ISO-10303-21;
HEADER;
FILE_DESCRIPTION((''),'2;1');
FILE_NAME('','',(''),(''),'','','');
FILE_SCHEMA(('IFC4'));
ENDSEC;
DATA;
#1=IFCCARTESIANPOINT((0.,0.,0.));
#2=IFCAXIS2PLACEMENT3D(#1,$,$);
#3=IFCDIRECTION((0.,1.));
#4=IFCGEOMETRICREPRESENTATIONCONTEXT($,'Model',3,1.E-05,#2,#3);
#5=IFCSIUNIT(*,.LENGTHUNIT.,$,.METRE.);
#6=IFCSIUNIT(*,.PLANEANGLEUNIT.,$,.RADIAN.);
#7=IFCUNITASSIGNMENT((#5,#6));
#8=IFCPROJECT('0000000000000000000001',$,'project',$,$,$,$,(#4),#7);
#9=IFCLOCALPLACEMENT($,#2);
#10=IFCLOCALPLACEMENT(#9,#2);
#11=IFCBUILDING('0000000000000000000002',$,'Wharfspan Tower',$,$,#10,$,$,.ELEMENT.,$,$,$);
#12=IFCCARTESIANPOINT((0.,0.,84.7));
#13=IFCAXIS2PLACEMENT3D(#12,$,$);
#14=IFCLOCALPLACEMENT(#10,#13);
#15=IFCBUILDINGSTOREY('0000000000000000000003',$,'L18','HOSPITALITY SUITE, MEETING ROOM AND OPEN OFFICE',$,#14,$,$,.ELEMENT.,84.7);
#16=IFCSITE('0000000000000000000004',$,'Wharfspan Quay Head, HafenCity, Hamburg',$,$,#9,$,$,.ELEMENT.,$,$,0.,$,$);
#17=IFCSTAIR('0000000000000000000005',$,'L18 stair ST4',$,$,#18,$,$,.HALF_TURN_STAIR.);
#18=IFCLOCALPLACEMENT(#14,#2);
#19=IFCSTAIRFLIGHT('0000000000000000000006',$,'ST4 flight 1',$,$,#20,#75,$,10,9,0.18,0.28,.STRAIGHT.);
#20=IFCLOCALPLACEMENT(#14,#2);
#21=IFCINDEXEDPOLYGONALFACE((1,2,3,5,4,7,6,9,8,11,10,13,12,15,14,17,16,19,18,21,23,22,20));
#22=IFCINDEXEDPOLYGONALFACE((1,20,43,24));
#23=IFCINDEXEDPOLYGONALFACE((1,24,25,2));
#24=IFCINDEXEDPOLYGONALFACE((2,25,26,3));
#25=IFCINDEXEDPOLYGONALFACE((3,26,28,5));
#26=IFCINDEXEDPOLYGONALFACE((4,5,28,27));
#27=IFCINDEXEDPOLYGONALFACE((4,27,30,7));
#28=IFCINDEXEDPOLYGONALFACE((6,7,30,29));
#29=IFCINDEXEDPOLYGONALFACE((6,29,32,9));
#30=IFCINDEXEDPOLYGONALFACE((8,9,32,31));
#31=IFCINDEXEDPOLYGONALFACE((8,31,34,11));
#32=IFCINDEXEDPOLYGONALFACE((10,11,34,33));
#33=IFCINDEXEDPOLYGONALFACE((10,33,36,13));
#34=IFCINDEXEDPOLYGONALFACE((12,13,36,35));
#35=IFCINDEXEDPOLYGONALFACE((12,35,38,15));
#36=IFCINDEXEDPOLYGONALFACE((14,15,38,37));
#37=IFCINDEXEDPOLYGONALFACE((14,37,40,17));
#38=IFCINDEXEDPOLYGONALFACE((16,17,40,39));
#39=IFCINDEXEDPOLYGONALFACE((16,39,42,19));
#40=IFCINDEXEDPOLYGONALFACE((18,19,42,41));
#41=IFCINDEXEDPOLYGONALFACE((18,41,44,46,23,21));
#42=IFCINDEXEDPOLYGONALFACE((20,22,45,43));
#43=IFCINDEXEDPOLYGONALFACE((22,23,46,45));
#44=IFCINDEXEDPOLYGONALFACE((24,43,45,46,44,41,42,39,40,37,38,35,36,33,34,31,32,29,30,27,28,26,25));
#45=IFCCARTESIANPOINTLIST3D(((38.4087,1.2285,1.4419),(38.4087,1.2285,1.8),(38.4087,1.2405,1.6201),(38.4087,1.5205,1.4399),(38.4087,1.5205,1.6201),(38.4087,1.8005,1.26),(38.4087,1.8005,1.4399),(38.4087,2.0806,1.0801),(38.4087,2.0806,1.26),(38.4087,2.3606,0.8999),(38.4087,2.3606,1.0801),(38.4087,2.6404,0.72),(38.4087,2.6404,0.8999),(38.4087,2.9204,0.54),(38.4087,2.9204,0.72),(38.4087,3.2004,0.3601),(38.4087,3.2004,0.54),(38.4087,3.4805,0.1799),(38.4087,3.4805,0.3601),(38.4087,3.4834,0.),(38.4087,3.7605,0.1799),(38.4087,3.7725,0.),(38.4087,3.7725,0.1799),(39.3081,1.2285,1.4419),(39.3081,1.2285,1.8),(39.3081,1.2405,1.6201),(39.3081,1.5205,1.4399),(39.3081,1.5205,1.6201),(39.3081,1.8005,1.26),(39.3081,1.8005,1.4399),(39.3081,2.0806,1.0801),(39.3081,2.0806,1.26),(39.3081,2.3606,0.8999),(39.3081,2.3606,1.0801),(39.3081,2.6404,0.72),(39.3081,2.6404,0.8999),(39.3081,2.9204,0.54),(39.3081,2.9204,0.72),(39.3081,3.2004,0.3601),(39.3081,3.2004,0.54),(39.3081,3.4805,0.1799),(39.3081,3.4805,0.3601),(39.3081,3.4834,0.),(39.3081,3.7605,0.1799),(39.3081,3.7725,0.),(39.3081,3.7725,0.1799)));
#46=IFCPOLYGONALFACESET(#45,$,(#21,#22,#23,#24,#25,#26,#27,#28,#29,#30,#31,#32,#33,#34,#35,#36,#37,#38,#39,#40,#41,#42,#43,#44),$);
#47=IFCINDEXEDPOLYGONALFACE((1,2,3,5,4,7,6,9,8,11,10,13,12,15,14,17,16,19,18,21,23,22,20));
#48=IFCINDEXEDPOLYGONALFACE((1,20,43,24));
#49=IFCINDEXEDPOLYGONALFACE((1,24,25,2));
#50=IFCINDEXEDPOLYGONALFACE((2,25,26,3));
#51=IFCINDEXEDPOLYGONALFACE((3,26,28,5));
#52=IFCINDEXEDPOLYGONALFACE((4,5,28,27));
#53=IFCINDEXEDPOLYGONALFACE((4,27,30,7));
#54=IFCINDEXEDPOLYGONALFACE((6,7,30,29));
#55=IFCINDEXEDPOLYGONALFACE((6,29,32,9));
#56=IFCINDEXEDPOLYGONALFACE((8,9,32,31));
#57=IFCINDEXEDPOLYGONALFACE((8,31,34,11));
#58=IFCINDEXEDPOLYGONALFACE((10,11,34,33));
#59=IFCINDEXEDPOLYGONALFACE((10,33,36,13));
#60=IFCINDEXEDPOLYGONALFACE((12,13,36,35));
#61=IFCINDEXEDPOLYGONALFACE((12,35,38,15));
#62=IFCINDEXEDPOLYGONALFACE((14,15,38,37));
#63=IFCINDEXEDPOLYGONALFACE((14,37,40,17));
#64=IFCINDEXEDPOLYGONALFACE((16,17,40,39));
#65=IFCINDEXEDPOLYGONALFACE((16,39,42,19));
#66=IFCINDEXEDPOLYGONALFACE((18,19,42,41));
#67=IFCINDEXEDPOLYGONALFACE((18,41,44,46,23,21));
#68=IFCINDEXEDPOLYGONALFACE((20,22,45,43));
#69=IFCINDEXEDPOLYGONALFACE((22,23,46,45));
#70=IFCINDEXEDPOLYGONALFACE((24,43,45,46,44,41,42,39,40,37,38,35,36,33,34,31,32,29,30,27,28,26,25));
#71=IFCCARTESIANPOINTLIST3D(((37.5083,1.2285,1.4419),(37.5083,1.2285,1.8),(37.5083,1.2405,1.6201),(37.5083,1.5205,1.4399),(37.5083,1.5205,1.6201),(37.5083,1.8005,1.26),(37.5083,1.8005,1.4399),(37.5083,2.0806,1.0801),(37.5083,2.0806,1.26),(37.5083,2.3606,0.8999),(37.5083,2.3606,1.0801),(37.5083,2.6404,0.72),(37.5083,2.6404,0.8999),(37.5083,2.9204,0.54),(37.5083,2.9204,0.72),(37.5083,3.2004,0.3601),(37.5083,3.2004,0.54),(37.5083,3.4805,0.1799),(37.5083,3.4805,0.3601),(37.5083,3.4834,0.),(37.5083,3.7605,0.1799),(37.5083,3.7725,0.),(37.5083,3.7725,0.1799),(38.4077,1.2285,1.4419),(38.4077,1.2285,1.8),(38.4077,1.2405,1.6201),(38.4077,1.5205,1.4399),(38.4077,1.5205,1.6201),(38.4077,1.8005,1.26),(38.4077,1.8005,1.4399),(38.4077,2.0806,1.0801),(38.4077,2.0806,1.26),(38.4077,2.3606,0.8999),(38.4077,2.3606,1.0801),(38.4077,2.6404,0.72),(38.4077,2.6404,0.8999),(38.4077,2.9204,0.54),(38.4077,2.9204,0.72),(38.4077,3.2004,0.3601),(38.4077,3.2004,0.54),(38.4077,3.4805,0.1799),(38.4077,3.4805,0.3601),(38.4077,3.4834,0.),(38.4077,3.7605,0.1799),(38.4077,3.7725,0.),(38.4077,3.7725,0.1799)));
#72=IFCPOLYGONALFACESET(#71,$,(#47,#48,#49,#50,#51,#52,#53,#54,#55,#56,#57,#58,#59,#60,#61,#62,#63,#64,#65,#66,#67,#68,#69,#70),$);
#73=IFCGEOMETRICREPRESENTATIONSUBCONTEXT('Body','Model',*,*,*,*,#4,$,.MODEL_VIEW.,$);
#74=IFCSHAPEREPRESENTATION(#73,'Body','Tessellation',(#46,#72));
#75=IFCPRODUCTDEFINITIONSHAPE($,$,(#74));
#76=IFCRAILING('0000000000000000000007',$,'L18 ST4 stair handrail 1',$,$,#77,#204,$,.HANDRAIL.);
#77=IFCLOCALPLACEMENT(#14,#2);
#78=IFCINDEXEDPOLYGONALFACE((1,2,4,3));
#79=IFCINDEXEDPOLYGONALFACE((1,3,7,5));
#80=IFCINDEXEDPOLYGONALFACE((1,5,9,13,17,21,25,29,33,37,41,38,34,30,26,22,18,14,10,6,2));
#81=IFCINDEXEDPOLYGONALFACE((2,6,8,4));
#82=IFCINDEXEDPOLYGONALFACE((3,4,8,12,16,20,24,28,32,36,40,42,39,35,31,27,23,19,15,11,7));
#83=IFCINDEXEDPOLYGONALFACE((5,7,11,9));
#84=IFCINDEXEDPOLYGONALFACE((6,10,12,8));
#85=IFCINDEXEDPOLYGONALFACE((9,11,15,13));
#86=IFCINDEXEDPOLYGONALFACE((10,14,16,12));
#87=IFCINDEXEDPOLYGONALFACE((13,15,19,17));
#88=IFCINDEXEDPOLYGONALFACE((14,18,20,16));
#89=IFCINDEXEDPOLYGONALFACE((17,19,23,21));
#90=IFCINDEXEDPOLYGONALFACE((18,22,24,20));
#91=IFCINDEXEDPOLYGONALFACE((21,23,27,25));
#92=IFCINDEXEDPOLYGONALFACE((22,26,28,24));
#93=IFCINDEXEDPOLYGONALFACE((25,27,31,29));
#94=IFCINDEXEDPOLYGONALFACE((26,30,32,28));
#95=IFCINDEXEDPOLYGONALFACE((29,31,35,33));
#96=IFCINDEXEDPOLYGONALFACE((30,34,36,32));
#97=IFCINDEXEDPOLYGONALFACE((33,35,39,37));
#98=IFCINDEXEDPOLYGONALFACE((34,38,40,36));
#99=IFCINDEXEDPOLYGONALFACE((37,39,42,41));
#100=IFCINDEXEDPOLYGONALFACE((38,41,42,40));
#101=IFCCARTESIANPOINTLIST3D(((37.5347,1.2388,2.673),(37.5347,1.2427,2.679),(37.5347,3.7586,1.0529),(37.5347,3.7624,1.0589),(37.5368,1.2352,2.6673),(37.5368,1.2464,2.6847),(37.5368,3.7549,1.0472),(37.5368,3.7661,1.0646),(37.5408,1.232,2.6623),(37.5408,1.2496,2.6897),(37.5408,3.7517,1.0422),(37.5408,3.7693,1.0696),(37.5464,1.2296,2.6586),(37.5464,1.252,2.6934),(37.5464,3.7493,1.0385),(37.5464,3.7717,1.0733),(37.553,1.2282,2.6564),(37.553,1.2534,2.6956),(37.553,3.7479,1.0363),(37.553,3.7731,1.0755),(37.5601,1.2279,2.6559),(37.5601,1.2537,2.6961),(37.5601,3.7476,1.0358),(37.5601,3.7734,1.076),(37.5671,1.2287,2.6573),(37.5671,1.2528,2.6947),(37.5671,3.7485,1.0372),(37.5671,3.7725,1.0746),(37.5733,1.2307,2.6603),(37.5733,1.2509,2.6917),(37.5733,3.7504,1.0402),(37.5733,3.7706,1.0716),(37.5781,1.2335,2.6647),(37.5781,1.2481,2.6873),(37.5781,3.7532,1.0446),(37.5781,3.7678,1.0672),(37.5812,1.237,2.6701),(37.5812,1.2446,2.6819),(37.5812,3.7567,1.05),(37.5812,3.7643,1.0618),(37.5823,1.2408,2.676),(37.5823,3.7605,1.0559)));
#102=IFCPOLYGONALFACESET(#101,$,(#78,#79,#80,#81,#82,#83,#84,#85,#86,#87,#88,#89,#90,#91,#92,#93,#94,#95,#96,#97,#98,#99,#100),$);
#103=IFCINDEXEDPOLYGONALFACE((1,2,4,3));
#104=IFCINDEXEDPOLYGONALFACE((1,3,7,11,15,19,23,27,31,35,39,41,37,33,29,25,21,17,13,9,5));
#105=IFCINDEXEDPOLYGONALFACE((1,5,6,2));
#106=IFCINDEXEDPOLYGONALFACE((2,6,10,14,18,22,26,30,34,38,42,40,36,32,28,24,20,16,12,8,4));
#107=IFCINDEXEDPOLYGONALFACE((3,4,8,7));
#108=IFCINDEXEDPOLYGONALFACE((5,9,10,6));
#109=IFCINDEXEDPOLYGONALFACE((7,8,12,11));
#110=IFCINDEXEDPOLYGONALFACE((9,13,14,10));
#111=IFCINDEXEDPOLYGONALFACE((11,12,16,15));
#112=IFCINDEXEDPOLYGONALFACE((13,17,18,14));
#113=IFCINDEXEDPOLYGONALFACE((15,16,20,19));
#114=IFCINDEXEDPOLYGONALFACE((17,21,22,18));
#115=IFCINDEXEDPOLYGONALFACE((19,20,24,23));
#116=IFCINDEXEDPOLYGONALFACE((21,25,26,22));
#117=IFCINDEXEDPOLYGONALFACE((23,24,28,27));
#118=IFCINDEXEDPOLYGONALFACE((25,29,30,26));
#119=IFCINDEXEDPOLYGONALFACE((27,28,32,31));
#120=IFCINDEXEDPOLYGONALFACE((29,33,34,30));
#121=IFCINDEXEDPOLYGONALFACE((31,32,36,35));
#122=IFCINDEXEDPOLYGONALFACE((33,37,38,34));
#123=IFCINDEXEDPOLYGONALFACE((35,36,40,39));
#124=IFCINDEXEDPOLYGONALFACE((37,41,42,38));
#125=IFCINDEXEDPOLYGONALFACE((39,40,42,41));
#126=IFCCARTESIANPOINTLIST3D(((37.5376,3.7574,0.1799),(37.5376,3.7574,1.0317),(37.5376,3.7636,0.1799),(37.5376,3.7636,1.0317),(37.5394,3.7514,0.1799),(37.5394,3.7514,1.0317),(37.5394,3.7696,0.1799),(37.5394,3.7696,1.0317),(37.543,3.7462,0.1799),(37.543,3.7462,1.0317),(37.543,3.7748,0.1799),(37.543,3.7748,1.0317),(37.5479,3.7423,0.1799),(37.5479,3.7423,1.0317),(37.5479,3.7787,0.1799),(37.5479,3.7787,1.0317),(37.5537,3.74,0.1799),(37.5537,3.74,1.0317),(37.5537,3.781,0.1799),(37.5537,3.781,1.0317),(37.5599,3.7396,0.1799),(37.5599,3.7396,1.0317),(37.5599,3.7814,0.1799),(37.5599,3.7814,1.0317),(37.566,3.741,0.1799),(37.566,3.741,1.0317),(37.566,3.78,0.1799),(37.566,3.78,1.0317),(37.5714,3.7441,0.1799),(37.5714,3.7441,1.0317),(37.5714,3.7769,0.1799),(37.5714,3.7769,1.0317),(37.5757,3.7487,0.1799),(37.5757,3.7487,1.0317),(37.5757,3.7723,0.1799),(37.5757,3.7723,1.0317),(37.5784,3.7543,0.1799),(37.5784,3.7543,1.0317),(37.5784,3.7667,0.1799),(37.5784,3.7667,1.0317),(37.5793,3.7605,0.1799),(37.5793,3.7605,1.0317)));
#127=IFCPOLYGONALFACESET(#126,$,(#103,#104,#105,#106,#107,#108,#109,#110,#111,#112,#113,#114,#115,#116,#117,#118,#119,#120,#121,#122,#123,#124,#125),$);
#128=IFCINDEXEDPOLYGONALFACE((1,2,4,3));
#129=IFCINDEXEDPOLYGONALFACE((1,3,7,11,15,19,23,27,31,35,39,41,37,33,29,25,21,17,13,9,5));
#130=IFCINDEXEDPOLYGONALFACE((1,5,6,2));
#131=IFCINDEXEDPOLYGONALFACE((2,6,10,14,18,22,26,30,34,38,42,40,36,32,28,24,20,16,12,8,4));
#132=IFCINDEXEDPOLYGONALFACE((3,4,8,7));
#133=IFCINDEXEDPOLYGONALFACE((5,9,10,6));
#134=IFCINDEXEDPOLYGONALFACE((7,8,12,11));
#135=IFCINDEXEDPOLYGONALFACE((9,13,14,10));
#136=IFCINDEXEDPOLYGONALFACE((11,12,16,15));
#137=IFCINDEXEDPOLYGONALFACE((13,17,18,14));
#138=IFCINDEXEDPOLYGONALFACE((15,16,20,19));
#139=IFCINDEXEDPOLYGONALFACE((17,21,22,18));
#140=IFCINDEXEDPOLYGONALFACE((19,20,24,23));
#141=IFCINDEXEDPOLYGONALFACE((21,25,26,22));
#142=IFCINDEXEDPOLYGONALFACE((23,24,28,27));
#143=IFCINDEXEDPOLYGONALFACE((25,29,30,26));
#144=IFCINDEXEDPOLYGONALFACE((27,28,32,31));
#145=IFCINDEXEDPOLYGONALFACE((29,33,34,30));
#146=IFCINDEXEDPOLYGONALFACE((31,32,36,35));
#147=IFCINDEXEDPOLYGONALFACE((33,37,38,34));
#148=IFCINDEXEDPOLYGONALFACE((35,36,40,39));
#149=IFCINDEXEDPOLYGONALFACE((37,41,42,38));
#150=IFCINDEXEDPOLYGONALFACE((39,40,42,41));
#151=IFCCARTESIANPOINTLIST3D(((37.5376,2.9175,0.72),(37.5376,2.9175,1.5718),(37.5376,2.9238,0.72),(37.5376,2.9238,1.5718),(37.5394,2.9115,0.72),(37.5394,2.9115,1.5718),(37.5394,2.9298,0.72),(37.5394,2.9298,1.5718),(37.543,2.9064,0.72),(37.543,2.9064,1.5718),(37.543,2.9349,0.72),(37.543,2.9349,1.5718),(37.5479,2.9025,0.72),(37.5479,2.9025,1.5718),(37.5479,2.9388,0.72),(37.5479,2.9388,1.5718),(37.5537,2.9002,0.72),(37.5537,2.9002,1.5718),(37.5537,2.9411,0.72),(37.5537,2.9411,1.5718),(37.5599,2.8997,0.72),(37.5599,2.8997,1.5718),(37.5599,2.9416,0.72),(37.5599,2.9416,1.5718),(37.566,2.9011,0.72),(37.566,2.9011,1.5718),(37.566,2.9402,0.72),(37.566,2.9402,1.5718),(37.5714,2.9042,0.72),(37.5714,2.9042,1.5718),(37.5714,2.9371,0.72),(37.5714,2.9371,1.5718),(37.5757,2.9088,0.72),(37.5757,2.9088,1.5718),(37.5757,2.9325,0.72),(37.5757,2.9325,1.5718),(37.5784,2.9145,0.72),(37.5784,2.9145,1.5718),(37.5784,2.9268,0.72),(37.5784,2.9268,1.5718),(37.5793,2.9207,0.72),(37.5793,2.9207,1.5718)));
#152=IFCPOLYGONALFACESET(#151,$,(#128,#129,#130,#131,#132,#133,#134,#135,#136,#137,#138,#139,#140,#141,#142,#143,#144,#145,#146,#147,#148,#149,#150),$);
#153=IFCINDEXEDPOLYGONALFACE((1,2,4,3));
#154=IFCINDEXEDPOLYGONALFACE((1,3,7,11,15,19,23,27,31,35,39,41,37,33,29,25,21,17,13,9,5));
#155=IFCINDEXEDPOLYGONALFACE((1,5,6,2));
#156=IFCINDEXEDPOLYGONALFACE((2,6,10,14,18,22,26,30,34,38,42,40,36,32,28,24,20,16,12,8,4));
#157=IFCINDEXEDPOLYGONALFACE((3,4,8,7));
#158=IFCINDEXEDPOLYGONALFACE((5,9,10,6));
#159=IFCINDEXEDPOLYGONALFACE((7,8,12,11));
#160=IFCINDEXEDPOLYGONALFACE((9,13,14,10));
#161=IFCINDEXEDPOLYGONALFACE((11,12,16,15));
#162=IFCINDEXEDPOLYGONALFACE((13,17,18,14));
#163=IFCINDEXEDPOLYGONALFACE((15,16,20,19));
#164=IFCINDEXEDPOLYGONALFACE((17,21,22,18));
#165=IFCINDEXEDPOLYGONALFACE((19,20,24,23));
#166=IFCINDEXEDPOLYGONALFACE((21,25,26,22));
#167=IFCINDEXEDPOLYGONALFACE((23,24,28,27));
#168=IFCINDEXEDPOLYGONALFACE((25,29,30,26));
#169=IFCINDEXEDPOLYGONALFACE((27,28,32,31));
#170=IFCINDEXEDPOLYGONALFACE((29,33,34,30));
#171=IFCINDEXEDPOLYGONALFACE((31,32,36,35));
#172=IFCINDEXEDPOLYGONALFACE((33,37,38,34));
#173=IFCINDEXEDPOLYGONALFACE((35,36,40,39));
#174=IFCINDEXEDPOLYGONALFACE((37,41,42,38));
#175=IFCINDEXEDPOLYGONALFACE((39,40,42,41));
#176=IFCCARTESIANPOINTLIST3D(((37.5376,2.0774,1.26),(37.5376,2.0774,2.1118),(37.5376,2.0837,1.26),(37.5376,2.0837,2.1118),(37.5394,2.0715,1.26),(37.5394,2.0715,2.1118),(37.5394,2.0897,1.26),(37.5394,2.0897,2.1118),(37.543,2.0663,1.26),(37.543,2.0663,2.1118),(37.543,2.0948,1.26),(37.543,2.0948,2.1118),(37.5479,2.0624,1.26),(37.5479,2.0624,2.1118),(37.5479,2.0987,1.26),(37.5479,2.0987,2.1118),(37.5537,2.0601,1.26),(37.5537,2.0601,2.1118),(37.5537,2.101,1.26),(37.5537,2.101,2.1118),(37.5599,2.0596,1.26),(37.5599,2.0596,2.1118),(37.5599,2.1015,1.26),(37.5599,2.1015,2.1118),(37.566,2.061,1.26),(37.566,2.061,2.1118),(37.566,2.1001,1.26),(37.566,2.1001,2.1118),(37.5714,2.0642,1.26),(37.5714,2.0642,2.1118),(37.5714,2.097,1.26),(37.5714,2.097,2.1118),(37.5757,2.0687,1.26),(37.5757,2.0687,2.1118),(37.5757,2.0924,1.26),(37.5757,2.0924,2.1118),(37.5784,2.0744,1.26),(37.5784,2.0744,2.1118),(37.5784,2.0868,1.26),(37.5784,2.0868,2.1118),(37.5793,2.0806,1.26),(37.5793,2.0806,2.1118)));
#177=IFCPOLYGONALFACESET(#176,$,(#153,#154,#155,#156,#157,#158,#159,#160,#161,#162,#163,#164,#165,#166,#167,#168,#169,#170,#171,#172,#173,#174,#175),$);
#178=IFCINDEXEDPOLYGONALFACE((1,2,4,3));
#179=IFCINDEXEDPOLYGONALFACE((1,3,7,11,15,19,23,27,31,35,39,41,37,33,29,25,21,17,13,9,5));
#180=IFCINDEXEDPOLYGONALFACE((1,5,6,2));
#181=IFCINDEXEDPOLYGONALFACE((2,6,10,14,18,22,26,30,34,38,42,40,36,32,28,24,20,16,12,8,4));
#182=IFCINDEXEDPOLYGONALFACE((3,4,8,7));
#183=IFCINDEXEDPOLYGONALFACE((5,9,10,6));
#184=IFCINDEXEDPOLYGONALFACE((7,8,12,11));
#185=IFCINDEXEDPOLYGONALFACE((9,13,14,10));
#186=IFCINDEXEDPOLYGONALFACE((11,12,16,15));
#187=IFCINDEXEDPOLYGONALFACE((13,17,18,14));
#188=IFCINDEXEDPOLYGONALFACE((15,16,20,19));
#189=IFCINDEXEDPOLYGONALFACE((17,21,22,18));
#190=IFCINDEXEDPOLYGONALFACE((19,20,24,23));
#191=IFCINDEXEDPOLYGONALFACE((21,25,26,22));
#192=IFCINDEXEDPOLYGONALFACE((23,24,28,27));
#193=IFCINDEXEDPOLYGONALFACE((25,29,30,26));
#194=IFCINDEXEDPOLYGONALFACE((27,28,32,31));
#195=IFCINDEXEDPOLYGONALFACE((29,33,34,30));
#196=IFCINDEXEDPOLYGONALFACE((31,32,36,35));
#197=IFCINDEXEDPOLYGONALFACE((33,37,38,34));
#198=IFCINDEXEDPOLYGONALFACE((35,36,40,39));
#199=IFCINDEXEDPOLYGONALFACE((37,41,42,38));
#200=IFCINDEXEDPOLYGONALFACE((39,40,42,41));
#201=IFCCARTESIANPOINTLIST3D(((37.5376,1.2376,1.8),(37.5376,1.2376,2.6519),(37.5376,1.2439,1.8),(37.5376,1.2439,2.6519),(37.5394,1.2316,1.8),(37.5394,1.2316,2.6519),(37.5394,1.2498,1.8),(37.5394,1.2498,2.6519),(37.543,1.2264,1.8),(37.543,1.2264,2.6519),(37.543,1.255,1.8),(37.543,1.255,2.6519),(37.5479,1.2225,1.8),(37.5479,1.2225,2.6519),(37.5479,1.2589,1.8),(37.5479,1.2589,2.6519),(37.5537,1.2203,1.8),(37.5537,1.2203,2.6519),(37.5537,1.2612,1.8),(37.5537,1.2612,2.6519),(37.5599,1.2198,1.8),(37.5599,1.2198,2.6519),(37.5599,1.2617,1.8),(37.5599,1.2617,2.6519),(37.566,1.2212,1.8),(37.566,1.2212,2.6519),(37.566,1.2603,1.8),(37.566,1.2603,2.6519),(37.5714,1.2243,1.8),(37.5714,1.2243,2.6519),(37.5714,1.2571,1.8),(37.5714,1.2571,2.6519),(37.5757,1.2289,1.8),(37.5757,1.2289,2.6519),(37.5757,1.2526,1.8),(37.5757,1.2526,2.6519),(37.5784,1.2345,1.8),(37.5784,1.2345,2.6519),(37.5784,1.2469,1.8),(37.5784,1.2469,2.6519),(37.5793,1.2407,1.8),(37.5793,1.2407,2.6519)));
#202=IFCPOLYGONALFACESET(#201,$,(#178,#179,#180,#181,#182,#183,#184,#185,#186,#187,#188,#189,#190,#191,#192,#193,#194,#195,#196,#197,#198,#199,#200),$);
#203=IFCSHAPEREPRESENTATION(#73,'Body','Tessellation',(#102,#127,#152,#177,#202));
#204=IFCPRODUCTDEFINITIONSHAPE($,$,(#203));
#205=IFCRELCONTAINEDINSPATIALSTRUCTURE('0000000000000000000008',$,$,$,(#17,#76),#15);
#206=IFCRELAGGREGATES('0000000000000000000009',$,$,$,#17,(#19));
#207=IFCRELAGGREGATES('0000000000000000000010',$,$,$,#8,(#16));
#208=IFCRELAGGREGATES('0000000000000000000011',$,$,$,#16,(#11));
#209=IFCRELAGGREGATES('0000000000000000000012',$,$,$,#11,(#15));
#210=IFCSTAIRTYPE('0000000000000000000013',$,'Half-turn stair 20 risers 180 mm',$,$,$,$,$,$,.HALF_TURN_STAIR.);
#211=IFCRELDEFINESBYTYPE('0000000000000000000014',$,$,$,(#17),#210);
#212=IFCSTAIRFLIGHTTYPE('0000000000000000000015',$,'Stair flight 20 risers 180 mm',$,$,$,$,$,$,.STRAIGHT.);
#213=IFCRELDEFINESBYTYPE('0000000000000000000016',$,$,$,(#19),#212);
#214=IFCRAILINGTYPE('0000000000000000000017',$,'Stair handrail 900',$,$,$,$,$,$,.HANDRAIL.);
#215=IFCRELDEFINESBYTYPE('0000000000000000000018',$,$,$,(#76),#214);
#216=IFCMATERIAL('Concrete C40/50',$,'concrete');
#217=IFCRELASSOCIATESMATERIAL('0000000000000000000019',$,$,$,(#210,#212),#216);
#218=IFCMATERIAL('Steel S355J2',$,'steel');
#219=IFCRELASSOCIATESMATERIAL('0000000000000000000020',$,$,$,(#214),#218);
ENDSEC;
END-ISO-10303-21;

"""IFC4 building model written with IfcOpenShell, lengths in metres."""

from ifc_helpers import new_model, si_unit, direction, frame, origin, origin_2d, place, context, subcontext, project, spatial, polyline, circle, outline, extrude, material, type_object, element, aggregate, save


model = new_model("IFC4")

# Units and contexts
model_context = context("Model", 3, precision=1e-05, world=origin(), true_north=direction((0.0, 1.0)))
body_context = subcontext(model_context, "Body", "Model", "MODEL_VIEW")
ifc_project = project(units=[si_unit("LENGTHUNIT", "METRE"), si_unit("PLANEANGLEUNIT", "RADIAN")], contexts=[model_context])

# Site, building, storey
site_placement = place(None, origin())
site = spatial("IfcSite", under=ifc_project, at=site_placement, Name="Wharfspan Quay Head, HafenCity, Hamburg", CompositionType="ELEMENT", RefElevation=0.0)
building_placement = place(site_placement, origin())
building = spatial("IfcBuilding", under=site, at=building_placement, Name="Wharfspan Tower", CompositionType="ELEMENT")
storey_placement = place(building_placement, frame((0.0, 0.0, 84.7)))
storey = spatial("IfcBuildingStorey", under=building, at=storey_placement, Name="L18", Description="HOSPITALITY SUITE, MEETING ROOM AND OPEN OFFICE", CompositionType="ELEMENT", Elevation=84.7)

# Shared definitions
ifc_material_1 = material(Name="Steel S355J2", Category="steel")

# Shared definitions
ifc_material_2 = material(Name="Concrete C40/50", Category="concrete")

# Stair, stair flight
stair_type = type_object("IfcStairType", Name="Half-turn stair 20 risers 180 mm", PredefinedType="HALF_TURN_STAIR", material=ifc_material_2)
stair_placement = place(storey_placement, origin())
stair = element("IfcStair", 1, at=stair_placement, inside=storey, type_object=stair_type, Name="L18 stair ST4", PredefinedType="HALF_TURN_STAIR")
stair_flight_type = type_object("IfcStairFlightType", Name="Stair flight 20 risers 180 mm", PredefinedType="STRAIGHT", material=ifc_material_2)
stair_flight_placement = place(storey_placement, frame((38.4082, 3.7605, 0.0), z_axis=(0.0, 0.0, 1.0), x_axis=(0.0, -1.0, 0.0)))
stair_flight = element("IfcStairFlight", 2, at=stair_flight_placement, type_object=stair_flight_type, Name="ST4 flight 1", NumberOfRisers=10, NumberOfTreads=9, PredefinedType="STRAIGHT", RiserHeight=0.18, TreadLength=0.28, context=body_context, shape_type="SweptSolid", body=[
    extrude(outline(polyline([(-0.012, 0.0), (-0.012, 0.1799), (0.0, 0.1799), (0.28, 0.1799), (0.28, 0.3601), (0.5601, 0.3601), (0.5601, 0.54), (0.8401, 0.54), (0.8401, 0.72), (1.1201, 0.72), (1.1201, 0.8999), (1.3999, 0.8999), (1.3999, 1.0801), (1.6799, 1.0801), (1.6799, 1.26), (1.96, 1.26), (1.96, 1.4399), (2.24, 1.4399), (2.24, 1.6201), (2.52, 1.6201), (2.532, 1.8), (2.532, 1.4419), (0.2771, 0.0), (-0.012, 0.0)])), frame((0.0, 0.8999, 0.0), z_axis=(0.0, -1.0, 0.0), x_axis=(1.0, 0.0, 0.0)), (0.0, 0.0, 1.0), 0.8994),
    extrude(outline(polyline([(-0.012, 0.0), (-0.012, 0.1799), (0.0, 0.1799), (0.28, 0.1799), (0.28, 0.3601), (0.5601, 0.3601), (0.5601, 0.54), (0.8401, 0.54), (0.8401, 0.72), (1.1201, 0.72), (1.1201, 0.8999), (1.3999, 0.8999), (1.3999, 1.0801), (1.6799, 1.0801), (1.6799, 1.26), (1.96, 1.26), (1.96, 1.4399), (2.24, 1.4399), (2.24, 1.6201), (2.52, 1.6201), (2.532, 1.8), (2.532, 1.4419), (0.2771, 0.0), (-0.012, 0.0)])), frame((0.0, -0.0005, 0.0), z_axis=(0.0, -1.0, 0.0), x_axis=(1.0, 0.0, 0.0)), (0.0, 0.0, 1.0), 0.8994),
])
aggregate(stair, [stair_flight])

# Railing
railing_type = type_object("IfcRailingType", Name="Stair handrail 900", PredefinedType="HANDRAIL", material=ifc_material_1)
railing_placement = place(storey_placement, frame((37.5583, 3.7605, 0.1799)))
element("IfcRailing", 3, at=railing_placement, inside=storey, type_object=railing_type, Name="L18 ST4 stair handrail 1", PredefinedType="HANDRAIL", context=body_context, shape_type="SweptSolid", body=[
    extrude(circle(Radius=0.0239, at=origin_2d()), frame((0.0, 0.0, 0.876), z_axis=(0.0, -0.841139, 0.540819), x_axis=(1.0, 0.0, 0.0)), (0.0, 0.0, 1.0), 2.9956),
    extrude(circle(Radius=0.021, at=origin_2d()), origin(), (0.0, 0.0, 1.0), 0.8518),
    extrude(circle(Radius=0.021, at=origin_2d()), frame((0.0, -0.8398, 0.54)), (0.0, 0.0, 1.0), 0.8518),
    extrude(circle(Radius=0.021, at=origin_2d()), frame((0.0, -1.6799, 1.0801)), (0.0, 0.0, 1.0), 0.8518),
    extrude(circle(Radius=0.021, at=origin_2d()), frame((0.0, -2.5198, 1.6201)), (0.0, 0.0, 1.0), 0.8518),
])

save(model, "model.ifc")
